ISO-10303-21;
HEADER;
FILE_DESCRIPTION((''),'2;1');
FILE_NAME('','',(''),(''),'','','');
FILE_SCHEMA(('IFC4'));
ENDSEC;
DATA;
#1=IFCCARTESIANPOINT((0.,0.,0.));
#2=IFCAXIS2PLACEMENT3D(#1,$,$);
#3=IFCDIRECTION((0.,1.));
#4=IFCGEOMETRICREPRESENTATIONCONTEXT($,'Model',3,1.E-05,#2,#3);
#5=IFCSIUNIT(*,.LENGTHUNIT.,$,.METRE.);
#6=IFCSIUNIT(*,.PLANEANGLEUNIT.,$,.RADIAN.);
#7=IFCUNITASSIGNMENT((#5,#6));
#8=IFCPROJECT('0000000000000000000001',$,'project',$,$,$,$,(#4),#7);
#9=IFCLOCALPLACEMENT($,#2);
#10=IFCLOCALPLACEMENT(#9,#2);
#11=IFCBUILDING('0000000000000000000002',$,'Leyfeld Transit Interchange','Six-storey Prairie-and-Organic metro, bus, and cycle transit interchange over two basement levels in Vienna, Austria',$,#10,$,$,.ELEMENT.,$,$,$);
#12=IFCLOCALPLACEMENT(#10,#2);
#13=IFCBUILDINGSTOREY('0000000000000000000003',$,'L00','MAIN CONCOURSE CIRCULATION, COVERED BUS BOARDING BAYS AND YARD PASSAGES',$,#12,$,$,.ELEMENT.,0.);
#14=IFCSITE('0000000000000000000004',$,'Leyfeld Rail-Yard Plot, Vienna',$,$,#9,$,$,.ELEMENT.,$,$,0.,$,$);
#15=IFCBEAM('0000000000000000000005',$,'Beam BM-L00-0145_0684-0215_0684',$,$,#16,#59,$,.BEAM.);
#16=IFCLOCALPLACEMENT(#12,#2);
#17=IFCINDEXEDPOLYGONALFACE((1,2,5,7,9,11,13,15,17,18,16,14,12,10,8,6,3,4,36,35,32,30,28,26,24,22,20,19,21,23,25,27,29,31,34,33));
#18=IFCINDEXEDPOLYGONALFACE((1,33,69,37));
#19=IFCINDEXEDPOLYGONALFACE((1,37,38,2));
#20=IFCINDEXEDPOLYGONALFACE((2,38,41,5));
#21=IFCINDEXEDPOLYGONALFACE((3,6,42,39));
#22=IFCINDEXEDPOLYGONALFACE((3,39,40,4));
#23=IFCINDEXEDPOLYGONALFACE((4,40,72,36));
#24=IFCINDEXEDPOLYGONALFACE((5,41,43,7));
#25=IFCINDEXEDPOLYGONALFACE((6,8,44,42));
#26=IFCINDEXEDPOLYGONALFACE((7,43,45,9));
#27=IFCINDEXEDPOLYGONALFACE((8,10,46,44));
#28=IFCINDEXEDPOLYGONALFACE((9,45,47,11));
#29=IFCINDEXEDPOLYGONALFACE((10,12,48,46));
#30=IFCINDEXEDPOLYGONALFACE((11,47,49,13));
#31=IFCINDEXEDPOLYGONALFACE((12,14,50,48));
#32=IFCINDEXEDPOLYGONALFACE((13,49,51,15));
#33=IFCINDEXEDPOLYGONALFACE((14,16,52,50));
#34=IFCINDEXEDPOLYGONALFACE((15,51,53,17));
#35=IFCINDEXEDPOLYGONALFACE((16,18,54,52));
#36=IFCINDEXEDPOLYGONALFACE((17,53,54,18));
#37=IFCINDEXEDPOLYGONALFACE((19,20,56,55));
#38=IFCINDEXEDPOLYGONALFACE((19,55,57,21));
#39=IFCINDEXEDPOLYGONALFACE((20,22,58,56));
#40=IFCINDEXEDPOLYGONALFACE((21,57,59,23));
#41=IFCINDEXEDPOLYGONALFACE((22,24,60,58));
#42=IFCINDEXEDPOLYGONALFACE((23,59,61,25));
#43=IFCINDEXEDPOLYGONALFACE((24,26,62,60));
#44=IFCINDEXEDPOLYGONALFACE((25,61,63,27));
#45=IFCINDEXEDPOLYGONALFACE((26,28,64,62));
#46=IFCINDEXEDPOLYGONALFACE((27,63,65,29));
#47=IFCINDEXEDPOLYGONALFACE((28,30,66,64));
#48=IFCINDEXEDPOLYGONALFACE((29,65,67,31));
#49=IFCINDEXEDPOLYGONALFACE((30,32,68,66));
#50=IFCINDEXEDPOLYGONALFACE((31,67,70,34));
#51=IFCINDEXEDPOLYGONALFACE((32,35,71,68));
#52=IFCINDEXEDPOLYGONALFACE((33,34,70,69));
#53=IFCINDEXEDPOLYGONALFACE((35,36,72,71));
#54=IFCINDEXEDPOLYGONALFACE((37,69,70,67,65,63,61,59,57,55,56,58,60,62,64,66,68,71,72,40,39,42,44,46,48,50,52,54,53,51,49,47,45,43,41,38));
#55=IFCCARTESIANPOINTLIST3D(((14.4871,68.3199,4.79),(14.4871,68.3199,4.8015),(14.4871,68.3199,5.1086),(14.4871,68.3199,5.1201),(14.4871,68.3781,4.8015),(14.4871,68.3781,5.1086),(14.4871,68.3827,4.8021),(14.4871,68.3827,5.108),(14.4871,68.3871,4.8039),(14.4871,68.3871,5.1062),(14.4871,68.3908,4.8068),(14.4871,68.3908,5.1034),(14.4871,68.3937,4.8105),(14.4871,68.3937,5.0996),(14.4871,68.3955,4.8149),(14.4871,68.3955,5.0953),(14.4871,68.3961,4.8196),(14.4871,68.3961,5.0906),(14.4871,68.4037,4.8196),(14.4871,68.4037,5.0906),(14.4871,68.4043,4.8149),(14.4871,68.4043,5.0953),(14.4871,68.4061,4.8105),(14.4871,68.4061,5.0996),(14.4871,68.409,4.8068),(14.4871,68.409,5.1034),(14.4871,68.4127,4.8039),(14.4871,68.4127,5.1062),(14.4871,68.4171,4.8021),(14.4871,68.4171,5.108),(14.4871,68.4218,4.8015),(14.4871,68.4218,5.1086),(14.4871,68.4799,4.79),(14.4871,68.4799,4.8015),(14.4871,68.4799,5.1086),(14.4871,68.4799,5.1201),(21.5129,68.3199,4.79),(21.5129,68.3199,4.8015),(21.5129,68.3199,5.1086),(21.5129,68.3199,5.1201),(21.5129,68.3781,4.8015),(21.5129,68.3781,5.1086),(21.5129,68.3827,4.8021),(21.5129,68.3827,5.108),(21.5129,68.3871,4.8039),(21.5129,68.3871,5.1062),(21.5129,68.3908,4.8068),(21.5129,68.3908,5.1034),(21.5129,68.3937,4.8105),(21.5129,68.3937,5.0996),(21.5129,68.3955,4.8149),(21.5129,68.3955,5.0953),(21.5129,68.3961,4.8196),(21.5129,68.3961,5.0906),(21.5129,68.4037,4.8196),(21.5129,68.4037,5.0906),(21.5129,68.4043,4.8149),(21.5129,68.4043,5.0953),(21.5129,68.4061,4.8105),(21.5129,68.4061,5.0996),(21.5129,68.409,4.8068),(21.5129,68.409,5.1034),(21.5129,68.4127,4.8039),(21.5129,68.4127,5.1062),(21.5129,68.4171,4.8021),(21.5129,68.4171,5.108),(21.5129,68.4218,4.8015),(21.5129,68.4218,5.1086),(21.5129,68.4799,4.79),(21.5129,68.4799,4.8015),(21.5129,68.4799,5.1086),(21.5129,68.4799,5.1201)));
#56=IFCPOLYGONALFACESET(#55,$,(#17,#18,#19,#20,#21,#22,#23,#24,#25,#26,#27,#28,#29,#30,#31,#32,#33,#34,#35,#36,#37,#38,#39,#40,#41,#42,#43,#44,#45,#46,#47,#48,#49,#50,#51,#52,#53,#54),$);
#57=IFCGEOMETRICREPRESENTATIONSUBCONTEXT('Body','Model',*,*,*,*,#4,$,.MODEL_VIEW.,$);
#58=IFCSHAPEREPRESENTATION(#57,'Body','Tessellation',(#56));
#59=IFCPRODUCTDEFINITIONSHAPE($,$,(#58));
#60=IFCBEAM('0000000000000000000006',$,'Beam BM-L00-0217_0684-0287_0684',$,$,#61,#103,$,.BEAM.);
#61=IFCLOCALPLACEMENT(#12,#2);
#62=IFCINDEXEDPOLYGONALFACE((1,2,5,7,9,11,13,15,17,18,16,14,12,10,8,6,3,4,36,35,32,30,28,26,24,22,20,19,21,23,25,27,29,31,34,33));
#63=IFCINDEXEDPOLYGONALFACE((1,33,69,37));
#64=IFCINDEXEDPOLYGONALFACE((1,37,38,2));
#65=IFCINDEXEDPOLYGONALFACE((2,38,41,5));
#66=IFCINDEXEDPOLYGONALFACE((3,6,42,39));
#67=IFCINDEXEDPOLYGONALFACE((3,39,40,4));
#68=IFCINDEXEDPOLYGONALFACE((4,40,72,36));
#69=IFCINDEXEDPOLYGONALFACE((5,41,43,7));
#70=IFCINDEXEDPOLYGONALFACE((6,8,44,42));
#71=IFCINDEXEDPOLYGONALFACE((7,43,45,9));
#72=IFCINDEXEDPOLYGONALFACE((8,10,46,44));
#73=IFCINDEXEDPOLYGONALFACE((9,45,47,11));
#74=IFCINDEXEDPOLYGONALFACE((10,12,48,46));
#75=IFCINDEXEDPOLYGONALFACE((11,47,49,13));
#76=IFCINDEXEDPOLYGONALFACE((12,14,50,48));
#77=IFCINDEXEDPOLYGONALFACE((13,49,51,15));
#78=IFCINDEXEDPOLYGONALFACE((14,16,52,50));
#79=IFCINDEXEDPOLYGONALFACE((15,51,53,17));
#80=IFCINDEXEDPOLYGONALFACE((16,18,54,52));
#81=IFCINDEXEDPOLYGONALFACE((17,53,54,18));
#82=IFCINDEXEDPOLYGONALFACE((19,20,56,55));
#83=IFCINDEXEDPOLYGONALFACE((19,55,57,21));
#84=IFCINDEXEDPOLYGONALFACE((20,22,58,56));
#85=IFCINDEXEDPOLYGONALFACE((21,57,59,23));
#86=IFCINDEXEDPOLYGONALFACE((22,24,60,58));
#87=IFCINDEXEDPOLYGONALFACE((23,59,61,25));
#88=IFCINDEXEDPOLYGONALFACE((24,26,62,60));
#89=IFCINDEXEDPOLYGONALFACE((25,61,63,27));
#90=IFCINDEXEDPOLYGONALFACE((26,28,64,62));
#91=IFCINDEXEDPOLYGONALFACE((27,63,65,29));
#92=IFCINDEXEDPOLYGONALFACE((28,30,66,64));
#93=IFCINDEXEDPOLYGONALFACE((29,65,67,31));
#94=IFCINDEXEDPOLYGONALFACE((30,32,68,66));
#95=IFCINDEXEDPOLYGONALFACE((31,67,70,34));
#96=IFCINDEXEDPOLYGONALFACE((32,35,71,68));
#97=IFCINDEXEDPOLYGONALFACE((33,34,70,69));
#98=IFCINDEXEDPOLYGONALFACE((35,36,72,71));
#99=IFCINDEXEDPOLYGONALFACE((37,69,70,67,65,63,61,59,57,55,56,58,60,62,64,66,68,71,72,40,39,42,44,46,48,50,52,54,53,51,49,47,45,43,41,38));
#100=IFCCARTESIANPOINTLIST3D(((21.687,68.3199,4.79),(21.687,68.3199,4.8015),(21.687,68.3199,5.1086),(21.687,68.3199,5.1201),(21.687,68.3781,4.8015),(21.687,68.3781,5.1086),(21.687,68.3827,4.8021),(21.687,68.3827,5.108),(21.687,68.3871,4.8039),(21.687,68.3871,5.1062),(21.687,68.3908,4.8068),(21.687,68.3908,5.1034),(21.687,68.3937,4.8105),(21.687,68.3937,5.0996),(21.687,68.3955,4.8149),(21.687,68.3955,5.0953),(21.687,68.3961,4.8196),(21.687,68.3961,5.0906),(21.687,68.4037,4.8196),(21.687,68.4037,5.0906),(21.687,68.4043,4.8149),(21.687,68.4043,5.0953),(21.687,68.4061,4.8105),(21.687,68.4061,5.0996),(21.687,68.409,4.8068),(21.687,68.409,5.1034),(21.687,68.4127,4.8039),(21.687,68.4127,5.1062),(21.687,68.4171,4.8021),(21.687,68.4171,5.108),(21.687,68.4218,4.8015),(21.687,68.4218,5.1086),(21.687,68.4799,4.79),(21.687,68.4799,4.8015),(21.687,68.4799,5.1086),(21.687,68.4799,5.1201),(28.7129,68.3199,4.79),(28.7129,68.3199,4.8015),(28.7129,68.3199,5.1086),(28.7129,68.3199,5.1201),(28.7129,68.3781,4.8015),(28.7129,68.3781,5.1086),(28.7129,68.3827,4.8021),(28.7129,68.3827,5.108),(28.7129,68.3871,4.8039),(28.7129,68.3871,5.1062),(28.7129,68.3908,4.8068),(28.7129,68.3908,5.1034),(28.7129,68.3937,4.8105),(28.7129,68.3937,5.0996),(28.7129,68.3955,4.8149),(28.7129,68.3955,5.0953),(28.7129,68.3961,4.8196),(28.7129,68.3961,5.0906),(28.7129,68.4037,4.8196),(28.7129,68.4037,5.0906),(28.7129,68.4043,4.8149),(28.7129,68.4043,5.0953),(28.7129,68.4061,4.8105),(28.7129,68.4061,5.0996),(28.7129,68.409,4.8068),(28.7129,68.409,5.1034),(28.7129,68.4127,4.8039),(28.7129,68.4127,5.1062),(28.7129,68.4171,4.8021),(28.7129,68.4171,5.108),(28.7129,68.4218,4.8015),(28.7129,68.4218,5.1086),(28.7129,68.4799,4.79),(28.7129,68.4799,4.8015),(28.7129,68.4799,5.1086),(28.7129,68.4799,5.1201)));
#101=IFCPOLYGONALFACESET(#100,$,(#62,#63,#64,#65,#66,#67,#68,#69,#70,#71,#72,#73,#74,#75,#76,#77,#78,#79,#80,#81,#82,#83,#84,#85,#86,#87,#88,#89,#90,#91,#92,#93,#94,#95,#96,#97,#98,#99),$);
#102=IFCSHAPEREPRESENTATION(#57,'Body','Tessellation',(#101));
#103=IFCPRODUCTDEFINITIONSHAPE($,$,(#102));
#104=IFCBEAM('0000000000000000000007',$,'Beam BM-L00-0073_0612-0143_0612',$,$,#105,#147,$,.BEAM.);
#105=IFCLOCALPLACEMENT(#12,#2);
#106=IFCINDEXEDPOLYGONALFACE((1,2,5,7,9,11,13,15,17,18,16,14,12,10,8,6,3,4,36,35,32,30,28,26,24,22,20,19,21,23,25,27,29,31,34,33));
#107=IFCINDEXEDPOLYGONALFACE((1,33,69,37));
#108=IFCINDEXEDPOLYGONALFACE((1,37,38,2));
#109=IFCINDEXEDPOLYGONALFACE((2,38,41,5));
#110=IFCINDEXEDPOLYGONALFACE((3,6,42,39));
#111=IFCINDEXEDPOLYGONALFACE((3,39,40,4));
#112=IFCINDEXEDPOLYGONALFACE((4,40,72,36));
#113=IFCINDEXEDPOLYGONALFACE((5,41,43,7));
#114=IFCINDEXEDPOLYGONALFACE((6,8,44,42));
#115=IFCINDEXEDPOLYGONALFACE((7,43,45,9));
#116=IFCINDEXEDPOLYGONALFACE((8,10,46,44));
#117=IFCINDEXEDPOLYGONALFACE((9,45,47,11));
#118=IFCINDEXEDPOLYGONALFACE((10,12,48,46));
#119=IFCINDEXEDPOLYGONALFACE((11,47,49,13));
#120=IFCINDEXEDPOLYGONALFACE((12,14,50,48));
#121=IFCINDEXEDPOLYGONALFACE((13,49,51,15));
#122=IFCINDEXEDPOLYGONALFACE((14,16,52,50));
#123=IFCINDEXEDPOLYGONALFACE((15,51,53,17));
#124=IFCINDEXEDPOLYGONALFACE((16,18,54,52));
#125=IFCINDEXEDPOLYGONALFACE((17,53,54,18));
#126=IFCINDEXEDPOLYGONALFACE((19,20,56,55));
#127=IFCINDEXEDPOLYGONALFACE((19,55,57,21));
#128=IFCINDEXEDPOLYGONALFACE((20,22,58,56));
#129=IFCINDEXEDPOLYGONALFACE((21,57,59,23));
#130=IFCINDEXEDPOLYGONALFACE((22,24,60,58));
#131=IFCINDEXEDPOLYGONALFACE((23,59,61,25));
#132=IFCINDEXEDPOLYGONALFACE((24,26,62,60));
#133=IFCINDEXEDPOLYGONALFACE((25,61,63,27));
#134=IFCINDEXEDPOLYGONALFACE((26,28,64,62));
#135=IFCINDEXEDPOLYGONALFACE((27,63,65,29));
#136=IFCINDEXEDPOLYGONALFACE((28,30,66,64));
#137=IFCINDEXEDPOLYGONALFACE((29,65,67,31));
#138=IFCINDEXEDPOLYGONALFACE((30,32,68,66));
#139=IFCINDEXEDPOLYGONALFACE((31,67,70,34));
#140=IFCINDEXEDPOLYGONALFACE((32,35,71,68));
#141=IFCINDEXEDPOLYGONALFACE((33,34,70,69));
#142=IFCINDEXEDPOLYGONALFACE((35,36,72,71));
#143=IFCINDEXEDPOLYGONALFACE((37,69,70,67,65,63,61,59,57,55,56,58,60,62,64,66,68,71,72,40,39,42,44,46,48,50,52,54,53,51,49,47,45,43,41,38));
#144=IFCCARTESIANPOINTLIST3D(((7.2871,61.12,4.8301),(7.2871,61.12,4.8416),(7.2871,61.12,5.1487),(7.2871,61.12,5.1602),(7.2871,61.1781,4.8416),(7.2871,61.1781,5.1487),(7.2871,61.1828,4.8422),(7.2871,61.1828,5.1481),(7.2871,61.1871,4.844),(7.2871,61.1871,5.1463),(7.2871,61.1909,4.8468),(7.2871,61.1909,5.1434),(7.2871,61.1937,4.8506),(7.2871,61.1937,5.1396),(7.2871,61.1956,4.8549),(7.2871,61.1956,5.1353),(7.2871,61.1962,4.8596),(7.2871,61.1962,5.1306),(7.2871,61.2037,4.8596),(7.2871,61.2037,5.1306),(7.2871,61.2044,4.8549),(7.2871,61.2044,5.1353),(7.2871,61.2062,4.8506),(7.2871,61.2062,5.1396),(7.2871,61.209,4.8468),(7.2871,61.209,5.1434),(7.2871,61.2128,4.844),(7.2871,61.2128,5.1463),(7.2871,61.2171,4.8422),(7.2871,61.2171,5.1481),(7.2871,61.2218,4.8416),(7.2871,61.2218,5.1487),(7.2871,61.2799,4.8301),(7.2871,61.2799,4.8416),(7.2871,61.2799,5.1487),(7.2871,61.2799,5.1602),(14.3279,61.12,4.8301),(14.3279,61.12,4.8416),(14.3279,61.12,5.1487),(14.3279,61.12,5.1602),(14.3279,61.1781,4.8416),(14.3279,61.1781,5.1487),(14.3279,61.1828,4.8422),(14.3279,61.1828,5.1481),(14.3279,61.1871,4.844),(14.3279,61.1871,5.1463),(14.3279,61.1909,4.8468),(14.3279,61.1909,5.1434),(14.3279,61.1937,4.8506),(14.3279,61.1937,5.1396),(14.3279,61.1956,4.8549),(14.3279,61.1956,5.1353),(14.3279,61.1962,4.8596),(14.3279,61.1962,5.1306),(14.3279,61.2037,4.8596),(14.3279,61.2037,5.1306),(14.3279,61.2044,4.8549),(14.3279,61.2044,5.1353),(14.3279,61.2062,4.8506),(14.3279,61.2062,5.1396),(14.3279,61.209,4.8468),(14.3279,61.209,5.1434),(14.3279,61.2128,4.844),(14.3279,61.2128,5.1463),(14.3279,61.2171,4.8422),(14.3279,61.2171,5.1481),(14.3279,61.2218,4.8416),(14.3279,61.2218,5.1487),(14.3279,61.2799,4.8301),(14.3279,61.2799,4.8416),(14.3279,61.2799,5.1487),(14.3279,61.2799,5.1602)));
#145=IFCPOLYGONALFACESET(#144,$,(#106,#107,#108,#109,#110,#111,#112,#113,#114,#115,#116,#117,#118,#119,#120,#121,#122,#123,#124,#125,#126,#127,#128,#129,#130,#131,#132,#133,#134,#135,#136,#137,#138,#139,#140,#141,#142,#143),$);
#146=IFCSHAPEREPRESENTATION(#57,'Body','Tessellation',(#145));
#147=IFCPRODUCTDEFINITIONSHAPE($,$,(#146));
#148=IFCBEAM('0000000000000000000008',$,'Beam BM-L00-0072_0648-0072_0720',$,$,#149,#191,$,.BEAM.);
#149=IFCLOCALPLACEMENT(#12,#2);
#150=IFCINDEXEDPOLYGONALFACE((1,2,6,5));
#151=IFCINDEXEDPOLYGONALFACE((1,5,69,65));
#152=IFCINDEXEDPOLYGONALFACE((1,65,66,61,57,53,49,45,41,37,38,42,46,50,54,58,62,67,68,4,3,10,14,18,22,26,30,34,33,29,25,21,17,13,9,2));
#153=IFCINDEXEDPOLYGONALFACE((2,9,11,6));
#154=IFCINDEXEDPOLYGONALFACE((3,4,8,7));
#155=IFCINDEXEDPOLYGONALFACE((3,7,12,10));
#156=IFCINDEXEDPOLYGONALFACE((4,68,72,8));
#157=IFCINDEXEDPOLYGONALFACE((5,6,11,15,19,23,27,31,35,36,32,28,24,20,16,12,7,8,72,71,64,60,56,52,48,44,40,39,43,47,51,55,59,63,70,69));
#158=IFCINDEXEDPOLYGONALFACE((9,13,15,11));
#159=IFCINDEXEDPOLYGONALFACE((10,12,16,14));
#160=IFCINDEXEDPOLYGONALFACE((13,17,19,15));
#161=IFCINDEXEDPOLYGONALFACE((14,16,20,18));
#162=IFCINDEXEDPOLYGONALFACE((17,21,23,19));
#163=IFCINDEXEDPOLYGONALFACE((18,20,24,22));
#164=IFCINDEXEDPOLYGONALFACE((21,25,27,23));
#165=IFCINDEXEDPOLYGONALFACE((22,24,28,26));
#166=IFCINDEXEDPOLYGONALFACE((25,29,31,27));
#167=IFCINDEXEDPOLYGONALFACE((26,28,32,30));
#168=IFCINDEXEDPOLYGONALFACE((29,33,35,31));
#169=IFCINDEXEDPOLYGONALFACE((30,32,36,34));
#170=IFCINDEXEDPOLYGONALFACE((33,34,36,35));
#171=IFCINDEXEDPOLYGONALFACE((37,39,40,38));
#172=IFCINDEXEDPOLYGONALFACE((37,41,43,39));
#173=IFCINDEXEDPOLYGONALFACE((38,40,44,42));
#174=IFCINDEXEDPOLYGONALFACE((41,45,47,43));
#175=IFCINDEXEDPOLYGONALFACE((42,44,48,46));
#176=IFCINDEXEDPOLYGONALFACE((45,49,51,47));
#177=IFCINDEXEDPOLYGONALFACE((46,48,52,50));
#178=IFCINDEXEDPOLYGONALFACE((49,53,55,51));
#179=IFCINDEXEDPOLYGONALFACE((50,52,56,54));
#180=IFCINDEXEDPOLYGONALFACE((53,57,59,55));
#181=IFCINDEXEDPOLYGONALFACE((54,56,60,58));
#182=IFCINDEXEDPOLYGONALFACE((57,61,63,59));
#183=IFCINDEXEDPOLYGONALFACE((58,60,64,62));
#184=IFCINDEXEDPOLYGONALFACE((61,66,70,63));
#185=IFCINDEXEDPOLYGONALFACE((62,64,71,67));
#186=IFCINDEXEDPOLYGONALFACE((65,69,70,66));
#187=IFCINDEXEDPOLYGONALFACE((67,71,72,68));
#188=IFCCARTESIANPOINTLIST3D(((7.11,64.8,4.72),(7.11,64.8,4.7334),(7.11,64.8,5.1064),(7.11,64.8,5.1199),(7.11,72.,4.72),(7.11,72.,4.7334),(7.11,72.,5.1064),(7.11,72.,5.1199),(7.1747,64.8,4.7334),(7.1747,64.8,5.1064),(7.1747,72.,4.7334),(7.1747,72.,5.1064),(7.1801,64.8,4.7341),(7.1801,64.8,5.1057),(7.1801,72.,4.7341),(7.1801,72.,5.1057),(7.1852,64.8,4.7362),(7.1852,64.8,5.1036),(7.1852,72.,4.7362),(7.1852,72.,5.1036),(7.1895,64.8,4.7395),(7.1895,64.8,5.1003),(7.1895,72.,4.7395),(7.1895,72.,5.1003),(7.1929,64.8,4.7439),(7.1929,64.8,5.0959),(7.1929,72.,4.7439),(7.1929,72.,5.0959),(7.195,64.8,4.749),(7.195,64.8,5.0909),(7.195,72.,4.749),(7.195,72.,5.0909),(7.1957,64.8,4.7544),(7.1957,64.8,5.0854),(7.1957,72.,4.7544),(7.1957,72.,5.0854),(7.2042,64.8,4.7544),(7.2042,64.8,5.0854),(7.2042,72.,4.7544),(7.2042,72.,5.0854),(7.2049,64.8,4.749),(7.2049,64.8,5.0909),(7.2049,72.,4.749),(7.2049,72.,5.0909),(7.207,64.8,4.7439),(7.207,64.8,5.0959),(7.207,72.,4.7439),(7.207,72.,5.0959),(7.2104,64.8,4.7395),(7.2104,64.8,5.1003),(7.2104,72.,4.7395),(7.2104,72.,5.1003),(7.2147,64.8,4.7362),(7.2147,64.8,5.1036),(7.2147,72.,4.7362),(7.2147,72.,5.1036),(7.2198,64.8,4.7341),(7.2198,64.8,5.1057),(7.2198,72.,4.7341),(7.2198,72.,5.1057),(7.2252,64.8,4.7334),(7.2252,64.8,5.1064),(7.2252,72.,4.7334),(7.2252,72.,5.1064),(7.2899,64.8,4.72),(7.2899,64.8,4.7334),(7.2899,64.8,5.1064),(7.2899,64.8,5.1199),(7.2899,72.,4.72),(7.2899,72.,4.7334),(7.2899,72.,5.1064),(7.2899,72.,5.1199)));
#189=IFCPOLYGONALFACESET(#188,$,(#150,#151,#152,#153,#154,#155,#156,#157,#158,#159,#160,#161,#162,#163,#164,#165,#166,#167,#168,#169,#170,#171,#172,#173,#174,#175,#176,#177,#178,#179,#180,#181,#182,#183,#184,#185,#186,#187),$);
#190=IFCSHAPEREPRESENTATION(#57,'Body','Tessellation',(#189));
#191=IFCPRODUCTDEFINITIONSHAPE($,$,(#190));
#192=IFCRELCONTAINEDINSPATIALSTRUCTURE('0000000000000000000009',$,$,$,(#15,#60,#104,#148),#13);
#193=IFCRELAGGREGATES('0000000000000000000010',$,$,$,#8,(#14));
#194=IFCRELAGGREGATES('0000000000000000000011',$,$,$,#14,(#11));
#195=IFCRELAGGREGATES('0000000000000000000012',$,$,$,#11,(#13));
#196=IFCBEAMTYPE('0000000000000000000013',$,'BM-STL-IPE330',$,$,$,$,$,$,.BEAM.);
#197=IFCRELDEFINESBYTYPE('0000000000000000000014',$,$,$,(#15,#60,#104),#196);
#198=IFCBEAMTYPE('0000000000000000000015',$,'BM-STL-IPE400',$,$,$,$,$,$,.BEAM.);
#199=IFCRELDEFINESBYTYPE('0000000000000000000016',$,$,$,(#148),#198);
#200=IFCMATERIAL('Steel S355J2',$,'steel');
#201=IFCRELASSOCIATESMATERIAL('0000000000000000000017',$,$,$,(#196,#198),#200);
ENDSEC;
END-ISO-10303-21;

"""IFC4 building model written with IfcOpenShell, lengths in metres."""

from ifc_helpers import new_model, si_unit, direction, frame, origin, origin_2d, place, context, subcontext, project, spatial, i_section, extrude, material, material_profile, profile_set, type_object, element, save


model = new_model("IFC4")

# Units and contexts
model_context = context("Model", 3, precision=1e-05, world=origin(), true_north=direction((0.0, 1.0)))
body_context = subcontext(model_context, "Body", "Model", "MODEL_VIEW")
ifc_project = project(units=[si_unit("LENGTHUNIT", "METRE"), si_unit("PLANEANGLEUNIT", "RADIAN")], contexts=[model_context])

# Site, building, storey
site_placement = place(None, origin())
site = spatial("IfcSite", under=ifc_project, at=site_placement, Name="Leyfeld Rail-Yard Plot, Vienna", CompositionType="ELEMENT", RefElevation=0.0)
building_placement = place(site_placement, origin())
building = spatial("IfcBuilding", under=site, at=building_placement, Name="Leyfeld Transit Interchange", Description="Six-storey Prairie-and-Organic metro, bus, and cycle transit interchange over two basement levels in Vienna, Austria", CompositionType="ELEMENT")
storey_placement = place(building_placement, origin())
storey = spatial("IfcBuildingStorey", under=building, at=storey_placement, Name="L00", Description="MAIN CONCOURSE CIRCULATION, COVERED BUS BOARDING BAYS AND YARD PASSAGES", CompositionType="ELEMENT", Elevation=0.0)

# Shared definitions
ifc_material_1 = material(Name="Steel S355J2", Category="steel")

# Beams
ifc_material_profile_1 = material_profile(ifc_material_1, i_section(OverallWidth=0.1599, OverallDepth=0.3301, WebThickness=0.0076, FlangeThickness=0.0115, FilletRadius=0.0181, at=origin_2d()), Name="IPE 330")
ifc_profile_set_1 = profile_set([ifc_material_profile_1], Name="Steel S355J2")
beam_type_1 = type_object("IfcBeamType", Name="BM-STL-IPE330", PredefinedType="BEAM", material=ifc_profile_set_1)
for number, where, z_axis, x_axis, name in (
    (1, (14.4871, 68.3999, 4.9551), (1.0, 0.0, 0.0), (0.0, 1.0, 0.0), "Beam BM-L00-0145_0684-0215_0684"),
    (2, (21.687, 68.3999, 4.9551), (1.0, 0.0, 0.0), (0.0, 1.0, 0.0), "Beam BM-L00-0217_0684-0287_0684"),
):
    element("IfcBeam", number, at=place(storey_placement, frame(where, z_axis=z_axis, x_axis=x_axis)), inside=storey, type_object=beam_type_1, Name=name, PredefinedType="BEAM", context=body_context, shape_type="SweptSolid", body=[
        extrude(i_section(OverallWidth=0.1599, OverallDepth=0.3301, WebThickness=0.0076, FlangeThickness=0.0115, FilletRadius=0.0181, at=origin_2d()), origin(), (0.0, 0.0, 1.0), 7.0259),
    ])
beam_1_placement = place(storey_placement, frame((7.2871, 61.2, 4.9951), z_axis=(1.0, 0.0, 0.0), x_axis=(0.0, 1.0, 0.0)))
element("IfcBeam", 3, at=beam_1_placement, inside=storey, type_object=beam_type_1, Name="Beam BM-L00-0073_0612-0143_0612", PredefinedType="BEAM", context=body_context, shape_type="SweptSolid", body=[
    extrude(i_section(OverallWidth=0.1599, OverallDepth=0.3301, WebThickness=0.0076, FlangeThickness=0.0115, FilletRadius=0.0181, at=origin_2d()), origin(), (0.0, 0.0, 1.0), 7.0408),
])
ifc_material_profile_2 = material_profile(ifc_material_1, i_section(OverallWidth=0.1799, OverallDepth=0.3999, WebThickness=0.0085, FlangeThickness=0.0134, FilletRadius=0.021, at=origin_2d()), Name="IPE 400")
ifc_profile_set_2 = profile_set([ifc_material_profile_2], Name="Steel S355J2")
beam_type_2 = type_object("IfcBeamType", Name="BM-STL-IPE400", PredefinedType="BEAM", material=ifc_profile_set_2)
for number, where, z_axis, x_axis, name in (
    (4, (7.2, 64.8, 4.9199), (0.0, 1.0, 0.0), (-1.0, 0.0, 0.0), "Beam BM-L00-0072_0648-0072_0720"),
):
    element("IfcBeam", number, at=place(storey_placement, frame(where, z_axis=z_axis, x_axis=x_axis)), inside=storey, type_object=beam_type_2, Name=name, PredefinedType="BEAM", context=body_context, shape_type="SweptSolid", body=[
        extrude(i_section(OverallWidth=0.1799, OverallDepth=0.3999, WebThickness=0.0085, FlangeThickness=0.0134, FilletRadius=0.021, at=origin_2d()), origin(), (0.0, 0.0, 1.0), 7.2),
    ])

save(model, "model.ifc")
